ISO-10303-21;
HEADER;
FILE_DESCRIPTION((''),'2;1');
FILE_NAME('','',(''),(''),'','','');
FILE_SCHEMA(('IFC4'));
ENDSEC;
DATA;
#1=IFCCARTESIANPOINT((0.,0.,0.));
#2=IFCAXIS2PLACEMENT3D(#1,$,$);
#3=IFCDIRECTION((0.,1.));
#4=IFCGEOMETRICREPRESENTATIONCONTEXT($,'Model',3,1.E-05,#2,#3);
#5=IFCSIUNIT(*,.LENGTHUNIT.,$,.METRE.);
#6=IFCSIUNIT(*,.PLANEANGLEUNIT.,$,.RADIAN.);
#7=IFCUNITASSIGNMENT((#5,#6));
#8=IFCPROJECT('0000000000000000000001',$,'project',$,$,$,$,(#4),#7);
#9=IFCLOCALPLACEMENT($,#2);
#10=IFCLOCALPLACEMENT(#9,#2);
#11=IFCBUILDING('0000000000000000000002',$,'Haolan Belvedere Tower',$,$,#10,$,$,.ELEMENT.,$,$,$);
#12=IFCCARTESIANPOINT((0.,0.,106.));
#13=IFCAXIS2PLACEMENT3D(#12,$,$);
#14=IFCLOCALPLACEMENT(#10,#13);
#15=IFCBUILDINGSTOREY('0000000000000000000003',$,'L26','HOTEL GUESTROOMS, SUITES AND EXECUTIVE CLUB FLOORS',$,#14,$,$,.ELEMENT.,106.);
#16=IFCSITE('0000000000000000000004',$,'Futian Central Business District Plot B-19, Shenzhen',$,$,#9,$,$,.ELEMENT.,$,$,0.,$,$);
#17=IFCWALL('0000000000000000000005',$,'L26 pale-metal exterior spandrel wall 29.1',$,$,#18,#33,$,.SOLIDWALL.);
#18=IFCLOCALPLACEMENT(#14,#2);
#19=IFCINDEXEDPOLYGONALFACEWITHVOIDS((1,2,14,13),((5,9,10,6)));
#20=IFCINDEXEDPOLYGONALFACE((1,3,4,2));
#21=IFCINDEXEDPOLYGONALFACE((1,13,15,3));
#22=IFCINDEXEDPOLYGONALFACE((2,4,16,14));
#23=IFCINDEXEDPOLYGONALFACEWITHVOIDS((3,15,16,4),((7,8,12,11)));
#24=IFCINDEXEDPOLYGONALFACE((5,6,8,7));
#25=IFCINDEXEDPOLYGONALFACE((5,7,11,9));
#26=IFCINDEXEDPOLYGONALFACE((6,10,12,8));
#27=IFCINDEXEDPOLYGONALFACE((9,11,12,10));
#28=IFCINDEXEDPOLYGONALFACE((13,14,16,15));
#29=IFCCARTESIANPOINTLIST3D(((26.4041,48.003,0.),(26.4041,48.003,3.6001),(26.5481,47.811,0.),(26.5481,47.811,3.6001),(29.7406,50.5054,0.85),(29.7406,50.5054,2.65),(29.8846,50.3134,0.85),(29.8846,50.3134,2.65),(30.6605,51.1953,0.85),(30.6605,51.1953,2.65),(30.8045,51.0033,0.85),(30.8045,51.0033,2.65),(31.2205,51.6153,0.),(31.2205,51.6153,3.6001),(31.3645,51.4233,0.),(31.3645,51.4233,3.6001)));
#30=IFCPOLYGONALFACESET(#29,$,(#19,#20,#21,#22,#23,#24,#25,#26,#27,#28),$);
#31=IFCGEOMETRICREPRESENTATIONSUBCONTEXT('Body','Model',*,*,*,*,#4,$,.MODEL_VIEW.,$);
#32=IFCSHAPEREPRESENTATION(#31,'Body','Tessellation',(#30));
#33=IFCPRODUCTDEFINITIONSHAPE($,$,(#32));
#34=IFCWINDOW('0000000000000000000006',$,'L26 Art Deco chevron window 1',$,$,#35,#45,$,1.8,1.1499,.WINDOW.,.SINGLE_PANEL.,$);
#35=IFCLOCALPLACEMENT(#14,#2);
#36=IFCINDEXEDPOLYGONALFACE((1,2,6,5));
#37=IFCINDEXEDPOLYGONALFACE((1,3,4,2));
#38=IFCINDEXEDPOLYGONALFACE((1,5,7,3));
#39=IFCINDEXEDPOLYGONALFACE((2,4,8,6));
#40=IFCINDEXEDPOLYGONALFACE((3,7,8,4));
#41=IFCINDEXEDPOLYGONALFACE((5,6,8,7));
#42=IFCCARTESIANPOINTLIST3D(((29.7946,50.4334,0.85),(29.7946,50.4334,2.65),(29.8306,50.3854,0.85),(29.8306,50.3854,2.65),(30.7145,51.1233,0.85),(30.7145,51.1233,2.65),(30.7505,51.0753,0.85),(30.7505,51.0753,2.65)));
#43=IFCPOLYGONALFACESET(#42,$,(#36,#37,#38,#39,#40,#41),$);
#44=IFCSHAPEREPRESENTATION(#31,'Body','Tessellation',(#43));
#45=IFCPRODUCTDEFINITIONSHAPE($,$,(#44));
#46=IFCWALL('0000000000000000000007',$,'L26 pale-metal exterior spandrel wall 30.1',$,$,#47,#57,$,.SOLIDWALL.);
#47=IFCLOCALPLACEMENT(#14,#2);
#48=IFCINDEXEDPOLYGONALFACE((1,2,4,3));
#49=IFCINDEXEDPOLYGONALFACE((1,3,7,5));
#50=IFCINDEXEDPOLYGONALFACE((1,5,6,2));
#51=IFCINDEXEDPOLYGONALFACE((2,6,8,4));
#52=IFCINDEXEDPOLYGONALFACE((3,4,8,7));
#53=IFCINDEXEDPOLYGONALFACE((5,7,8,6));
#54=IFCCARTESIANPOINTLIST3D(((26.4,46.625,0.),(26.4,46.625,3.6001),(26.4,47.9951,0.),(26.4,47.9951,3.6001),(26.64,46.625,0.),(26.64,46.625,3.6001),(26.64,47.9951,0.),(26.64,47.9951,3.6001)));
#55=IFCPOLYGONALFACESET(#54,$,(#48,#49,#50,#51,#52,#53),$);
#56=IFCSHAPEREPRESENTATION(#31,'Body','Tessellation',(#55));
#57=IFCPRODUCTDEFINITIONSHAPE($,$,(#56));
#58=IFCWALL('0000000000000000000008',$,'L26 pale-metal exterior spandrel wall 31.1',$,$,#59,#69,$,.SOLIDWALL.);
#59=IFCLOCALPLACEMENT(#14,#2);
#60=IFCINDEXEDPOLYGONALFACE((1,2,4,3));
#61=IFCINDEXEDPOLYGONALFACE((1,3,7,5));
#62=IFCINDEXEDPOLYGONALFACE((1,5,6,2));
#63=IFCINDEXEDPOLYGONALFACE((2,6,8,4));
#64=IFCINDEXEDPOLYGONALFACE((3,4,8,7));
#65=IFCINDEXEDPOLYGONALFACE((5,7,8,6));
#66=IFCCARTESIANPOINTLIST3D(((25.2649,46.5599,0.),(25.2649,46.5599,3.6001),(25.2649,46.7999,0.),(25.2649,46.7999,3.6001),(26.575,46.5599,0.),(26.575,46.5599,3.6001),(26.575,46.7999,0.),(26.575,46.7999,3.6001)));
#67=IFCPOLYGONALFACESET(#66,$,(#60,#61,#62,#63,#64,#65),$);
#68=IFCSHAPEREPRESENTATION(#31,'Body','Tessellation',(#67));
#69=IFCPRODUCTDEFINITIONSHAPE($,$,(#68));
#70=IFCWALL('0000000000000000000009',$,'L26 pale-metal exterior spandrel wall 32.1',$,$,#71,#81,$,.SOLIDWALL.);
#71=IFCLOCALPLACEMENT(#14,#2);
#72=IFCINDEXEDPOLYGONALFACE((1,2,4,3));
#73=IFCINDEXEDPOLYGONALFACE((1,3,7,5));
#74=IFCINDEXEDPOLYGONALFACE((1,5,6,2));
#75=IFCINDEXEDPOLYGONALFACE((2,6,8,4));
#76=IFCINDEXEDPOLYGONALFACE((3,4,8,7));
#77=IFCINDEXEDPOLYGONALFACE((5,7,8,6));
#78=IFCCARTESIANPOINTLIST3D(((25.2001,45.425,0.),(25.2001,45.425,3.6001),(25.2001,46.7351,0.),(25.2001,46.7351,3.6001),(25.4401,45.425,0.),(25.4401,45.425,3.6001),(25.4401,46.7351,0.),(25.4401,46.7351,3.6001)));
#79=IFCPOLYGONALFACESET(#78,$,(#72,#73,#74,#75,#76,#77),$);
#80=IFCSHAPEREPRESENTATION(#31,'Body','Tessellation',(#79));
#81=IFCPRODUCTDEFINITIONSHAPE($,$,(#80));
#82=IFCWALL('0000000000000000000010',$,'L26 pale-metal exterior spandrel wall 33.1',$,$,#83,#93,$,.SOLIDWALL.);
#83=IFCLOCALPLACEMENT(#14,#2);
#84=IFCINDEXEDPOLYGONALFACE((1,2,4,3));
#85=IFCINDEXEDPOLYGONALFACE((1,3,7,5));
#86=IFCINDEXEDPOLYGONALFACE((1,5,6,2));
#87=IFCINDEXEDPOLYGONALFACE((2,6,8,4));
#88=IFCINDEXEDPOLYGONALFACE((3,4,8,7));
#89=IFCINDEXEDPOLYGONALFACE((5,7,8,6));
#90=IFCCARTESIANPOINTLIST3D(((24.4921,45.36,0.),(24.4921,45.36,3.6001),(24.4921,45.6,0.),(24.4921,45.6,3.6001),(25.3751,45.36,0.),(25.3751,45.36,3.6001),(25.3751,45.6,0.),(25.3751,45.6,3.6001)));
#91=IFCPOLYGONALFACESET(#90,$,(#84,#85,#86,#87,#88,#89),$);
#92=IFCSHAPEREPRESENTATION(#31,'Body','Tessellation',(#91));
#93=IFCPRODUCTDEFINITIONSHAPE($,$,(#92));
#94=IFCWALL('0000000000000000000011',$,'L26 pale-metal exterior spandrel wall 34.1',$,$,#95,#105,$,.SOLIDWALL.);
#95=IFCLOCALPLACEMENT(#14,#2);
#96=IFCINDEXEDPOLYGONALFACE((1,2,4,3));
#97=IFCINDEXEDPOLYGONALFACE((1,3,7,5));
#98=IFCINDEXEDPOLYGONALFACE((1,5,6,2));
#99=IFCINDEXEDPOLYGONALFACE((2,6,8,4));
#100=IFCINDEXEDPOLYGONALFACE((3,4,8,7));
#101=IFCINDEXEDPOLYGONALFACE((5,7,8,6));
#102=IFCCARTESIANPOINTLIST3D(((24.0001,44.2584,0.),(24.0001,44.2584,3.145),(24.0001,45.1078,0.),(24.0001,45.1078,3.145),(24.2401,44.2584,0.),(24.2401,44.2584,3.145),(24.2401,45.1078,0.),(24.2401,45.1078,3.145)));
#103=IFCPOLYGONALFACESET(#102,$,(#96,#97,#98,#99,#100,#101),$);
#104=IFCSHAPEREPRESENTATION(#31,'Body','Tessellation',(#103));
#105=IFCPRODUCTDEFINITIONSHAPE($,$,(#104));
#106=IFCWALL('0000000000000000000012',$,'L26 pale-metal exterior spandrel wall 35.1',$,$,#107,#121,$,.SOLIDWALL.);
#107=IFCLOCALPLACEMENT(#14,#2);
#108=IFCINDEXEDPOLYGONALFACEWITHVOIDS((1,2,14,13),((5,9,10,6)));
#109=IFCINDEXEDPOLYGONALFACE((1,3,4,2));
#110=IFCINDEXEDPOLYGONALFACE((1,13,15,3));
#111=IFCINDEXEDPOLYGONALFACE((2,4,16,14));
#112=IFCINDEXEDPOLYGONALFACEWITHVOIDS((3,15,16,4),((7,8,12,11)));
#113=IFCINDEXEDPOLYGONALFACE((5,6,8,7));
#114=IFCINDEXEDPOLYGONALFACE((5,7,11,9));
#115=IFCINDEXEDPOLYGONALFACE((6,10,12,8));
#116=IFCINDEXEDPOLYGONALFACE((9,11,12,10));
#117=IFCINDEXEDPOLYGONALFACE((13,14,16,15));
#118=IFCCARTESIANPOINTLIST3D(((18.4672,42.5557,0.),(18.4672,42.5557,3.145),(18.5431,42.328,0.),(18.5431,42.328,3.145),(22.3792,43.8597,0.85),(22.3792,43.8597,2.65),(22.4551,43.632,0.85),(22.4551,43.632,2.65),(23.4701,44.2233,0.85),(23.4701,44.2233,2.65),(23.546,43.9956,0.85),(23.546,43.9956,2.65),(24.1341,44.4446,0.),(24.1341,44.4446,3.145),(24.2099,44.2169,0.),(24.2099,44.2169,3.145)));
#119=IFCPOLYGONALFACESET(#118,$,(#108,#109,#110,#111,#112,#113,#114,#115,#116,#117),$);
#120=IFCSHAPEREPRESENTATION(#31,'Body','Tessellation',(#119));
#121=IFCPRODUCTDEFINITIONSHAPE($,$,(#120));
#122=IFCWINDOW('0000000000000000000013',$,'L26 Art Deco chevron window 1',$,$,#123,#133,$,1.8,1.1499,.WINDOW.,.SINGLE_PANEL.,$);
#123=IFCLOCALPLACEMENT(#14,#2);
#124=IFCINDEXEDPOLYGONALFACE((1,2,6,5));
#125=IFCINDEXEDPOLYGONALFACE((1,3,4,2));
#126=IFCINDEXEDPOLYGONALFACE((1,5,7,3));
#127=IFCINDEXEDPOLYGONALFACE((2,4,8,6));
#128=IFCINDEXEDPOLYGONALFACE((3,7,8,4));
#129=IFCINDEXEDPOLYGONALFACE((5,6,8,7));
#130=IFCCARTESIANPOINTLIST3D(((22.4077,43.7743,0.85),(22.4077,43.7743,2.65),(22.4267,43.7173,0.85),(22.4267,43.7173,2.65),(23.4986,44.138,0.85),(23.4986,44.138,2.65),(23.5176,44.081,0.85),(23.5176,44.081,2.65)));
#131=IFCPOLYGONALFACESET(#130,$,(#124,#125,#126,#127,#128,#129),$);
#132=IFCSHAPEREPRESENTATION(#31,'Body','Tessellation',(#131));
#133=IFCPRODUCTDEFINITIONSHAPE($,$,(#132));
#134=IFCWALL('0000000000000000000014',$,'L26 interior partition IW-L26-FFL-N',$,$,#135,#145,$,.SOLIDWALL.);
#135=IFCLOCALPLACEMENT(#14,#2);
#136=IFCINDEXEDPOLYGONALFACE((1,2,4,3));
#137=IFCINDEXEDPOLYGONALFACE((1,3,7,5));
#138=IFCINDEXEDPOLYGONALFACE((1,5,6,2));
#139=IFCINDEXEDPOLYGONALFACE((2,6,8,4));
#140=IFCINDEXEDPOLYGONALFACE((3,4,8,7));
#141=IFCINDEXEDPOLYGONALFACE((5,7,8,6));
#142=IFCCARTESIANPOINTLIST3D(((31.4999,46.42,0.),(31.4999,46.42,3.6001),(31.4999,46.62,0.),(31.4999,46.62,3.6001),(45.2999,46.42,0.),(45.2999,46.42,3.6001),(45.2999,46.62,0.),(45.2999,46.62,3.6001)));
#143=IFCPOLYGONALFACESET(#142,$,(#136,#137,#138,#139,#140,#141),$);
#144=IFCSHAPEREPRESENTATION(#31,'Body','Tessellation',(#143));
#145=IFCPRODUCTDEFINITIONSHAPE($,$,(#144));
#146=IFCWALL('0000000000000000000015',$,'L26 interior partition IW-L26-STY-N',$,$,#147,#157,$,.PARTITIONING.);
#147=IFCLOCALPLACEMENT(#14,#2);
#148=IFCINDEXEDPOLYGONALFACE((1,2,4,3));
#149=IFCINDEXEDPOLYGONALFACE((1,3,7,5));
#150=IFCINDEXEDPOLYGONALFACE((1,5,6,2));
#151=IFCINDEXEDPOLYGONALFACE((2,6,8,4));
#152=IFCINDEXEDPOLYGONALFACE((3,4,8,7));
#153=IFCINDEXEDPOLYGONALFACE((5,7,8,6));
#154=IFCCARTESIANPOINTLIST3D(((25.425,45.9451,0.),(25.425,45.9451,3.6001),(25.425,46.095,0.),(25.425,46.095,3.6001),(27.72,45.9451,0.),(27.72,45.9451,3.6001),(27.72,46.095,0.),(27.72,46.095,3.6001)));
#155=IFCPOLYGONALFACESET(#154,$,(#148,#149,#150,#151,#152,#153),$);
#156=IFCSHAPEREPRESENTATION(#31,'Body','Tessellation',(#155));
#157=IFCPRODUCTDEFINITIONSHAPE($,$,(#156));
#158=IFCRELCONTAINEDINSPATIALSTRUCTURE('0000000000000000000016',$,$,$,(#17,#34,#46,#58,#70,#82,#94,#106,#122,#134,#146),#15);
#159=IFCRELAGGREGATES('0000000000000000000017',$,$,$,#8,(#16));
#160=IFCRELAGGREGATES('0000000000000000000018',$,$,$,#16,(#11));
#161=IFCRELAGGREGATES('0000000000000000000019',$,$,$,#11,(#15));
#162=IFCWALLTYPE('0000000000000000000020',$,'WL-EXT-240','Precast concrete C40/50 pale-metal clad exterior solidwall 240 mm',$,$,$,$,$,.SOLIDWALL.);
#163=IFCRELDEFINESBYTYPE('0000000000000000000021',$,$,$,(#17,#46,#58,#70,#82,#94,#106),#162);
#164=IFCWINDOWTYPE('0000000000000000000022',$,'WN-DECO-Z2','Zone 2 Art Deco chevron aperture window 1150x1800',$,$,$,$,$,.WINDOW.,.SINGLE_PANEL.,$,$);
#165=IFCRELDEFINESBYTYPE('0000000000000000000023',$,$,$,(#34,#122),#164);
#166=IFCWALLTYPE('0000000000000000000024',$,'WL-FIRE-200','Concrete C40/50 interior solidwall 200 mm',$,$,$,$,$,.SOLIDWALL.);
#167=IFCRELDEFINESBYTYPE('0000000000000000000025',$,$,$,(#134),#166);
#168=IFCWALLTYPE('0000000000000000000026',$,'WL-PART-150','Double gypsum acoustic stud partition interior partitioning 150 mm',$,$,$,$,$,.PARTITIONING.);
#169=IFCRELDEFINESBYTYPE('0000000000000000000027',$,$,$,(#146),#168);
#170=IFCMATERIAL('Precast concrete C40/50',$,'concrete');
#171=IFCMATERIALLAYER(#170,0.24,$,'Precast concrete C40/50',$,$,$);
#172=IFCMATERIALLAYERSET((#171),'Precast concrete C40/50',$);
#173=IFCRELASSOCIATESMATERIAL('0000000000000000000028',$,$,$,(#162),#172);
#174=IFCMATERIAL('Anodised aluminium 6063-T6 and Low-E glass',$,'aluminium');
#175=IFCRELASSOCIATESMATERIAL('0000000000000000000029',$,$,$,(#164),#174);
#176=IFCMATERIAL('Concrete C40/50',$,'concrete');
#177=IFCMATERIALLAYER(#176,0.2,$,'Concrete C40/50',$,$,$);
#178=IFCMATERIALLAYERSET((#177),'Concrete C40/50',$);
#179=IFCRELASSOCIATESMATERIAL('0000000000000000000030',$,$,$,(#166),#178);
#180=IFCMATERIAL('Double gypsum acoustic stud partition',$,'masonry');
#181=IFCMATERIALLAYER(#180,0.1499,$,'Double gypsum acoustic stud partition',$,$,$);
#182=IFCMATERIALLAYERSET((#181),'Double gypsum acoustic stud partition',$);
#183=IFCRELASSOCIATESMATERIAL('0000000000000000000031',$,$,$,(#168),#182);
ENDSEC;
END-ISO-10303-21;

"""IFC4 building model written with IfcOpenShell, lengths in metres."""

from ifc_helpers import new_model, si_unit, direction, frame, frame_2d, origin, place, context, subcontext, project, spatial, rectangle, extrude, material, layer, layer_set, type_object, element, fill, save


model = new_model("IFC4")

# Units and contexts
model_context = context("Model", 3, precision=1e-05, world=origin(), true_north=direction((0.0, 1.0)))
body_context = subcontext(model_context, "Body", "Model", "MODEL_VIEW")
ifc_project = project(units=[si_unit("LENGTHUNIT", "METRE"), si_unit("PLANEANGLEUNIT", "RADIAN")], contexts=[model_context])

# Site, building, storey
site_placement = place(None, origin())
site = spatial("IfcSite", under=ifc_project, at=site_placement, Name="Futian Central Business District Plot B-19, Shenzhen", CompositionType="ELEMENT", RefElevation=0.0)
building_placement = place(site_placement, origin())
building = spatial("IfcBuilding", under=site, at=building_placement, Name="Haolan Belvedere Tower", CompositionType="ELEMENT")
storey_placement = place(building_placement, frame((0.0, 0.0, 106.0)))
storey = spatial("IfcBuildingStorey", under=building, at=storey_placement, Name="L26", Description="HOTEL GUESTROOMS, SUITES AND EXECUTIVE CLUB FLOORS", CompositionType="ELEMENT", Elevation=106.0)

# Wall, opening, window
ifc_material_1 = material(Name="Precast concrete C40/50", Category="concrete")
ifc_layer_1 = layer(ifc_material_1, 0.24, Name="Precast concrete C40/50")
ifc_layer_set_1 = layer_set([ifc_layer_1], Name="Precast concrete C40/50")
wall_type_1 = type_object("IfcWallType", Name="WL-EXT-240", Description="Precast concrete C40/50 pale-metal clad exterior solidwall 240 mm", PredefinedType="SOLIDWALL", material=ifc_layer_set_1)
wall_1_placement = place(storey_placement, frame((31.2925, 51.5193, 0.0), z_axis=(0.0, 0.0, 1.0), x_axis=(-0.8, -0.6, 0.0)))
wall_1 = element("IfcWall", 1, at=wall_1_placement, inside=storey, type_object=wall_type_1, Name="L26 pale-metal exterior spandrel wall 29.1", PredefinedType="SOLIDWALL", context=body_context, shape_type="SweptSolid", body=[
    extrude(rectangle(XDim=6.0205, YDim=0.24, at=frame_2d((3.0103, 0.0))), origin(), (0.0, 0.0, 1.0), 3.6001),
])
opening_1_placement = place(wall_1_placement, frame((0.7, 0.0, 0.8501)))
opening_1 = element("IfcOpeningElement", 2, at=opening_1_placement, cuts=wall_1, PredefinedType="OPENING", context=body_context, shape_type="SweptSolid", body=[
    extrude(rectangle(XDim=1.1499, YDim=1.8, at=frame_2d((0.575, 0.8999))), frame((0.0, 0.1299, 0.0), z_axis=(0.0, -1.0, 0.0), x_axis=(1.0, 0.0, 0.0)), (0.0, 0.0, 1.0), 0.26),
])
ifc_material_2 = material(Name="Anodised aluminium 6063-T6 and Low-E glass", Category="aluminium")
window_type = type_object("IfcWindowType", Name="WN-DECO-Z2", Description="Zone 2 Art Deco chevron aperture window 1150x1800", PartitioningType="SINGLE_PANEL", PredefinedType="WINDOW", material=ifc_material_2)
window_1_placement = place(opening_1_placement, origin())
window_1 = element("IfcWindow", 3, at=window_1_placement, inside=storey, type_object=window_type, Name="L26 Art Deco chevron window 1", OverallHeight=1.8, OverallWidth=1.1499, PartitioningType="SINGLE_PANEL", PredefinedType="WINDOW", context=body_context, shape_type="SweptSolid", body=[
    extrude(rectangle(XDim=1.1499, YDim=1.8, at=frame_2d((0.575, 0.8999))), frame((0.0, 0.03, 0.0), z_axis=(0.0, -1.0, 0.0), x_axis=(1.0, 0.0, 0.0)), (0.0, 0.0, 1.0), 0.0601),
])
fill(opening_1, window_1)

# Walls
wall_2_placement = place(storey_placement, frame((26.52, 47.9951, 0.0), z_axis=(0.0, 0.0, 1.0), x_axis=(0.0, -1.0, 0.0)))
element("IfcWall", 4, at=wall_2_placement, inside=storey, type_object=wall_type_1, Name="L26 pale-metal exterior spandrel wall 30.1", PredefinedType="SOLIDWALL", context=body_context, shape_type="SweptSolid", body=[
    extrude(rectangle(XDim=1.3701, YDim=0.24, at=frame_2d((0.6851, 0.0))), origin(), (0.0, 0.0, 1.0), 3.6001),
])
for number, where, z_axis, x_axis, name in (
    (5, (26.575, 46.6799, 0.0), (0.0, 0.0, 1.0), (-1.0, 0.0, 0.0), "L26 pale-metal exterior spandrel wall 31.1"),
    (6, (25.3201, 46.7351, 0.0), (0.0, 0.0, 1.0), (0.0, -1.0, 0.0), "L26 pale-metal exterior spandrel wall 32.1"),
):
    element("IfcWall", number, at=place(storey_placement, frame(where, z_axis=z_axis, x_axis=x_axis)), inside=storey, type_object=wall_type_1, Name=name, PredefinedType="SOLIDWALL", context=body_context, shape_type="SweptSolid", body=[
        extrude(rectangle(XDim=1.3101, YDim=0.24, at=frame_2d((0.655, 0.0))), origin(), (0.0, 0.0, 1.0), 3.6001),
    ])
wall_3_placement = place(storey_placement, frame((25.375, 45.48, 0.0), z_axis=(0.0, 0.0, 1.0), x_axis=(-1.0, 0.0, 0.0)))
element("IfcWall", 7, at=wall_3_placement, inside=storey, type_object=wall_type_1, Name="L26 pale-metal exterior spandrel wall 33.1", PredefinedType="SOLIDWALL", context=body_context, shape_type="SweptSolid", body=[
    extrude(rectangle(XDim=0.8831, YDim=0.24, at=frame_2d((0.4414, 0.0))), origin(), (0.0, 0.0, 1.0), 3.6001),
])
wall_4_placement = place(storey_placement, frame((24.1201, 45.1079, 0.0), z_axis=(0.0, 0.0, 1.0), x_axis=(0.0, -1.0, 0.0)))
element("IfcWall", 8, at=wall_4_placement, inside=storey, type_object=wall_type_1, Name="L26 pale-metal exterior spandrel wall 34.1", PredefinedType="SOLIDWALL", context=body_context, shape_type="SweptSolid", body=[
    extrude(rectangle(XDim=0.8494, YDim=0.24, at=frame_2d((0.4248, 0.0))), origin(), (0.0, 0.0, 1.0), 3.145),
])

# Wall, opening, window
wall_5_placement = place(storey_placement, frame((24.1721, 44.3308, 0.0), z_axis=(0.0, 0.0, 1.0), x_axis=(-0.948683, -0.316228, 0.0)))
wall_5 = element("IfcWall", 9, at=wall_5_placement, inside=storey, type_object=wall_type_1, Name="L26 pale-metal exterior spandrel wall 35.1", PredefinedType="SOLIDWALL", context=body_context, shape_type="SweptSolid", body=[
    extrude(rectangle(XDim=5.9734, YDim=0.24, at=frame_2d((2.9868, 0.0))), origin(), (0.0, 0.0, 1.0), 3.145),
])
opening_2_placement = place(wall_5_placement, frame((0.7, 0.0, 0.8501)))
opening_2 = element("IfcOpeningElement", 10, at=opening_2_placement, cuts=wall_5, PredefinedType="OPENING", context=body_context, shape_type="SweptSolid", body=[
    extrude(rectangle(XDim=1.1499, YDim=1.8, at=frame_2d((0.575, 0.8999))), frame((0.0, 0.1299, 0.0), z_axis=(0.0, -1.0, 0.0), x_axis=(1.0, 0.0, 0.0)), (0.0, 0.0, 1.0), 0.26),
])
window_2_placement = place(opening_2_placement, origin())
window_2 = element("IfcWindow", 11, at=window_2_placement, inside=storey, type_object=window_type, Name="L26 Art Deco chevron window 1", OverallHeight=1.8, OverallWidth=1.1499, PartitioningType="SINGLE_PANEL", PredefinedType="WINDOW", context=body_context, shape_type="SweptSolid", body=[
    extrude(rectangle(XDim=1.1499, YDim=1.8, at=frame_2d((0.575, 0.8999))), frame((0.0, 0.03, 0.0), z_axis=(0.0, -1.0, 0.0), x_axis=(1.0, 0.0, 0.0)), (0.0, 0.0, 1.0), 0.0601),
])
fill(opening_2, window_2)

# Wall
ifc_material_3 = material(Name="Concrete C40/50", Category="concrete")
ifc_layer_2 = layer(ifc_material_3, 0.2, Name="Concrete C40/50")
ifc_layer_set_2 = layer_set([ifc_layer_2], Name="Concrete C40/50")
wall_type_2 = type_object("IfcWallType", Name="WL-FIRE-200", Description="Concrete C40/50 interior solidwall 200 mm", PredefinedType="SOLIDWALL", material=ifc_layer_set_2)
wall_6_placement = place(storey_placement, frame((31.5, 46.52, 0.0), z_axis=(0.0, 0.0, 1.0), x_axis=(1.0, 0.0, 0.0)))
element("IfcWall", 12, at=wall_6_placement, inside=storey, type_object=wall_type_2, Name="L26 interior partition IW-L26-FFL-N", PredefinedType="SOLIDWALL", context=body_context, shape_type="SweptSolid", body=[
    extrude(rectangle(XDim=13.8, YDim=0.2, at=frame_2d((6.8999, 0.0))), origin(), (0.0, 0.0, 1.0), 3.6001),
])

# Wall
ifc_material_4 = material(Name="Double gypsum acoustic stud partition", Category="masonry")
ifc_layer_3 = layer(ifc_material_4, 0.1499, Name="Double gypsum acoustic stud partition")
ifc_layer_set_3 = layer_set([ifc_layer_3], Name="Double gypsum acoustic stud partition")
wall_type_3 = type_object("IfcWallType", Name="WL-PART-150", Description="Double gypsum acoustic stud partition interior partitioning 150 mm", PredefinedType="PARTITIONING", material=ifc_layer_set_3)
wall_7_placement = place(storey_placement, frame((25.425, 46.02, 0.0), z_axis=(0.0, 0.0, 1.0), x_axis=(1.0, 0.0, 0.0)))
element("IfcWall", 13, at=wall_7_placement, inside=storey, type_object=wall_type_3, Name="L26 interior partition IW-L26-STY-N", PredefinedType="PARTITIONING", context=body_context, shape_type="SweptSolid", body=[
    extrude(rectangle(XDim=2.2949, YDim=0.1499, at=frame_2d((1.1475, 0.0))), origin(), (0.0, 0.0, 1.0), 3.6001),
])

save(model, "model.ifc")
